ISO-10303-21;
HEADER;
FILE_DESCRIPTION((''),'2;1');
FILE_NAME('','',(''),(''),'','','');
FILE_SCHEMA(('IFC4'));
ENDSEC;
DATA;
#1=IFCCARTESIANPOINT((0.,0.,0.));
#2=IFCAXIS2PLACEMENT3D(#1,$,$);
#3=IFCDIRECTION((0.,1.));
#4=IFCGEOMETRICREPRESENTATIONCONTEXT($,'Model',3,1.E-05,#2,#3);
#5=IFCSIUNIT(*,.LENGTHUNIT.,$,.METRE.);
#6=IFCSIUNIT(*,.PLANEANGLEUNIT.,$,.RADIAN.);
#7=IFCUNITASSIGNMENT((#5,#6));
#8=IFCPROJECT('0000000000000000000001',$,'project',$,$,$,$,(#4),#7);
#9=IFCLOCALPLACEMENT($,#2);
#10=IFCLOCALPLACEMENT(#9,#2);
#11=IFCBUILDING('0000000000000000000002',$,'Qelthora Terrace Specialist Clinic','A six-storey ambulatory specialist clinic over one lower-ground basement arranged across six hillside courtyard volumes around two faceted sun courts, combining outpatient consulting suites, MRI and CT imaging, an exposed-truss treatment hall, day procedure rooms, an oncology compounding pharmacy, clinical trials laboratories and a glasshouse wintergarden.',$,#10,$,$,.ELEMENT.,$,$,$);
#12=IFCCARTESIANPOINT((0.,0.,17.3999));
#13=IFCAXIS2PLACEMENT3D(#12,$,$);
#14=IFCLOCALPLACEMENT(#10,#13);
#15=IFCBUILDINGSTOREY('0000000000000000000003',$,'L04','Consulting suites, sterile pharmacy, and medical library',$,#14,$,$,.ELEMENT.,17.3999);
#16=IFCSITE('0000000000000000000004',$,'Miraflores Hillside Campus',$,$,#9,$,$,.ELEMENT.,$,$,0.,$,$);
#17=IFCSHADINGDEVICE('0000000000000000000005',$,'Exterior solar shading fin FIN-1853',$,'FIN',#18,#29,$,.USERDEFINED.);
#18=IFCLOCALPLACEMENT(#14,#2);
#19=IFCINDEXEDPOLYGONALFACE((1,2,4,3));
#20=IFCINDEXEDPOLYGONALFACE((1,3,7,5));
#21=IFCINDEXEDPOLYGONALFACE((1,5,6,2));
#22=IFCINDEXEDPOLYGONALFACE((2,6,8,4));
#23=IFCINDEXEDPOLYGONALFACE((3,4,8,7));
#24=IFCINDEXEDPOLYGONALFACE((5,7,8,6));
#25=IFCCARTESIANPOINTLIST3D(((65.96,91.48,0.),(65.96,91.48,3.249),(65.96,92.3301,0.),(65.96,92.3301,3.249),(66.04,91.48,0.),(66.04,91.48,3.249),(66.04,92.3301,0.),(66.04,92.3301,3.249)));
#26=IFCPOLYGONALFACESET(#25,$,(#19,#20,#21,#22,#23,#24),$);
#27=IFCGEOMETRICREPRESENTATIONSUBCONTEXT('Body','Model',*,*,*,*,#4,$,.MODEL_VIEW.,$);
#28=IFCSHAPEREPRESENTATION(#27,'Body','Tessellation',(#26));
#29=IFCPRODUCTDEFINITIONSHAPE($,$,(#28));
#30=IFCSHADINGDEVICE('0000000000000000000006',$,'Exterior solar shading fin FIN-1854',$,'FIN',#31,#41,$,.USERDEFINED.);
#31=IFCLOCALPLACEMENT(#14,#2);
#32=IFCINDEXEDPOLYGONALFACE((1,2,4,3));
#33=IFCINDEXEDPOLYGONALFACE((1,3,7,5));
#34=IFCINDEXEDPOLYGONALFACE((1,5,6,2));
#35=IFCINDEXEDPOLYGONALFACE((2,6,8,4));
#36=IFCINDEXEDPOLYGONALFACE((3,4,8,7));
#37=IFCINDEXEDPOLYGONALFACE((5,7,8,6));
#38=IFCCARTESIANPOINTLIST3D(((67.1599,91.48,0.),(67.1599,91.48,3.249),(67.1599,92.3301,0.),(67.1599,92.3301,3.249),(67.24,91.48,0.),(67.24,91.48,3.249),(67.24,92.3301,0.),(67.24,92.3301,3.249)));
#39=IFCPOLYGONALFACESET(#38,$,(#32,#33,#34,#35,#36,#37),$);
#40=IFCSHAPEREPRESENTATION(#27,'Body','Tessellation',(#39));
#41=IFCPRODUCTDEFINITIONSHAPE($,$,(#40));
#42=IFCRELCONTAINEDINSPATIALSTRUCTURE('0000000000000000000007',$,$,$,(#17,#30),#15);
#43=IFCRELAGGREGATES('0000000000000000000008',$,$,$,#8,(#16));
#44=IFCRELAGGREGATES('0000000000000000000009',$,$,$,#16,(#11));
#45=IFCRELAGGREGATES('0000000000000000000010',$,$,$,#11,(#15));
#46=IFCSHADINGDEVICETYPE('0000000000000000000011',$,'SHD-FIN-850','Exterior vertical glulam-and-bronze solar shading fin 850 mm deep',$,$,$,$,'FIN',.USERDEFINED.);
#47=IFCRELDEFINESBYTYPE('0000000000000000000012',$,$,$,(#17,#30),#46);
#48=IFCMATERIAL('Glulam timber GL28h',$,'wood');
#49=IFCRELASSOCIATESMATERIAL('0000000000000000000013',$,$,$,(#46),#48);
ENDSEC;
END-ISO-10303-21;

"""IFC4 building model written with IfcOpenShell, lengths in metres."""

from ifc_helpers import new_model, si_unit, direction, frame, origin, origin_2d, place, context, subcontext, project, spatial, rectangle, extrude, material, type_object, element, save


model = new_model("IFC4")

# Units and contexts
model_context = context("Model", 3, precision=1e-05, world=origin(), true_north=direction((0.0, 1.0)))
body_context = subcontext(model_context, "Body", "Model", "MODEL_VIEW")
ifc_project = project(units=[si_unit("LENGTHUNIT", "METRE"), si_unit("PLANEANGLEUNIT", "RADIAN")], contexts=[model_context])

# Site, building, storey
site_placement = place(None, origin())
site = spatial("IfcSite", under=ifc_project, at=site_placement, Name="Miraflores Hillside Campus", CompositionType="ELEMENT", RefElevation=0.0)
building_placement = place(site_placement, origin())
building = spatial("IfcBuilding", under=site, at=building_placement, Name="Qelthora Terrace Specialist Clinic", Description="A six-storey ambulatory specialist clinic over one lower-ground basement arranged across six hillside courtyard volumes around two faceted sun courts, combining outpatient consulting suites, MRI and CT imaging, an exposed-truss treatment hall, day procedure rooms, an oncology compounding pharmacy, clinical trials laboratories and a glasshouse wintergarden.", CompositionType="ELEMENT")
storey_placement = place(building_placement, frame((0.0, 0.0, 17.3999)))
storey = spatial("IfcBuildingStorey", under=building, at=storey_placement, Name="L04", Description="Consulting suites, sterile pharmacy, and medical library", CompositionType="ELEMENT", Elevation=17.3999)

# Shared definitions
ifc_material_1 = material(Name="Glulam timber GL28h", Category="wood")

# Shading devices
shading_device_type = type_object("IfcShadingDeviceType", Name="SHD-FIN-850", Description="Exterior vertical glulam-and-bronze solar shading fin 850 mm deep", ElementType="FIN", PredefinedType="USERDEFINED", material=ifc_material_1)
for number, where, z_axis, x_axis, name in (
    (1, (66.0, 91.905, 0.0), (0.0, 0.0, 1.0), (0.0, -1.0, 0.0), "Exterior solar shading fin FIN-1853"),
    (2, (67.2, 91.905, 0.0), (0.0, 0.0, 1.0), (0.0, -1.0, 0.0), "Exterior solar shading fin FIN-1854"),
):
    element("IfcShadingDevice", number, at=place(storey_placement, frame(where, z_axis=z_axis, x_axis=x_axis)), inside=storey, type_object=shading_device_type, Name=name, ObjectType="FIN", PredefinedType="USERDEFINED", context=body_context, shape_type="SweptSolid", body=[
        extrude(rectangle(XDim=0.8501, YDim=0.0801, at=origin_2d()), origin(), (0.0, 0.0, 1.0), 3.249),
    ])

save(model, "model.ifc")
